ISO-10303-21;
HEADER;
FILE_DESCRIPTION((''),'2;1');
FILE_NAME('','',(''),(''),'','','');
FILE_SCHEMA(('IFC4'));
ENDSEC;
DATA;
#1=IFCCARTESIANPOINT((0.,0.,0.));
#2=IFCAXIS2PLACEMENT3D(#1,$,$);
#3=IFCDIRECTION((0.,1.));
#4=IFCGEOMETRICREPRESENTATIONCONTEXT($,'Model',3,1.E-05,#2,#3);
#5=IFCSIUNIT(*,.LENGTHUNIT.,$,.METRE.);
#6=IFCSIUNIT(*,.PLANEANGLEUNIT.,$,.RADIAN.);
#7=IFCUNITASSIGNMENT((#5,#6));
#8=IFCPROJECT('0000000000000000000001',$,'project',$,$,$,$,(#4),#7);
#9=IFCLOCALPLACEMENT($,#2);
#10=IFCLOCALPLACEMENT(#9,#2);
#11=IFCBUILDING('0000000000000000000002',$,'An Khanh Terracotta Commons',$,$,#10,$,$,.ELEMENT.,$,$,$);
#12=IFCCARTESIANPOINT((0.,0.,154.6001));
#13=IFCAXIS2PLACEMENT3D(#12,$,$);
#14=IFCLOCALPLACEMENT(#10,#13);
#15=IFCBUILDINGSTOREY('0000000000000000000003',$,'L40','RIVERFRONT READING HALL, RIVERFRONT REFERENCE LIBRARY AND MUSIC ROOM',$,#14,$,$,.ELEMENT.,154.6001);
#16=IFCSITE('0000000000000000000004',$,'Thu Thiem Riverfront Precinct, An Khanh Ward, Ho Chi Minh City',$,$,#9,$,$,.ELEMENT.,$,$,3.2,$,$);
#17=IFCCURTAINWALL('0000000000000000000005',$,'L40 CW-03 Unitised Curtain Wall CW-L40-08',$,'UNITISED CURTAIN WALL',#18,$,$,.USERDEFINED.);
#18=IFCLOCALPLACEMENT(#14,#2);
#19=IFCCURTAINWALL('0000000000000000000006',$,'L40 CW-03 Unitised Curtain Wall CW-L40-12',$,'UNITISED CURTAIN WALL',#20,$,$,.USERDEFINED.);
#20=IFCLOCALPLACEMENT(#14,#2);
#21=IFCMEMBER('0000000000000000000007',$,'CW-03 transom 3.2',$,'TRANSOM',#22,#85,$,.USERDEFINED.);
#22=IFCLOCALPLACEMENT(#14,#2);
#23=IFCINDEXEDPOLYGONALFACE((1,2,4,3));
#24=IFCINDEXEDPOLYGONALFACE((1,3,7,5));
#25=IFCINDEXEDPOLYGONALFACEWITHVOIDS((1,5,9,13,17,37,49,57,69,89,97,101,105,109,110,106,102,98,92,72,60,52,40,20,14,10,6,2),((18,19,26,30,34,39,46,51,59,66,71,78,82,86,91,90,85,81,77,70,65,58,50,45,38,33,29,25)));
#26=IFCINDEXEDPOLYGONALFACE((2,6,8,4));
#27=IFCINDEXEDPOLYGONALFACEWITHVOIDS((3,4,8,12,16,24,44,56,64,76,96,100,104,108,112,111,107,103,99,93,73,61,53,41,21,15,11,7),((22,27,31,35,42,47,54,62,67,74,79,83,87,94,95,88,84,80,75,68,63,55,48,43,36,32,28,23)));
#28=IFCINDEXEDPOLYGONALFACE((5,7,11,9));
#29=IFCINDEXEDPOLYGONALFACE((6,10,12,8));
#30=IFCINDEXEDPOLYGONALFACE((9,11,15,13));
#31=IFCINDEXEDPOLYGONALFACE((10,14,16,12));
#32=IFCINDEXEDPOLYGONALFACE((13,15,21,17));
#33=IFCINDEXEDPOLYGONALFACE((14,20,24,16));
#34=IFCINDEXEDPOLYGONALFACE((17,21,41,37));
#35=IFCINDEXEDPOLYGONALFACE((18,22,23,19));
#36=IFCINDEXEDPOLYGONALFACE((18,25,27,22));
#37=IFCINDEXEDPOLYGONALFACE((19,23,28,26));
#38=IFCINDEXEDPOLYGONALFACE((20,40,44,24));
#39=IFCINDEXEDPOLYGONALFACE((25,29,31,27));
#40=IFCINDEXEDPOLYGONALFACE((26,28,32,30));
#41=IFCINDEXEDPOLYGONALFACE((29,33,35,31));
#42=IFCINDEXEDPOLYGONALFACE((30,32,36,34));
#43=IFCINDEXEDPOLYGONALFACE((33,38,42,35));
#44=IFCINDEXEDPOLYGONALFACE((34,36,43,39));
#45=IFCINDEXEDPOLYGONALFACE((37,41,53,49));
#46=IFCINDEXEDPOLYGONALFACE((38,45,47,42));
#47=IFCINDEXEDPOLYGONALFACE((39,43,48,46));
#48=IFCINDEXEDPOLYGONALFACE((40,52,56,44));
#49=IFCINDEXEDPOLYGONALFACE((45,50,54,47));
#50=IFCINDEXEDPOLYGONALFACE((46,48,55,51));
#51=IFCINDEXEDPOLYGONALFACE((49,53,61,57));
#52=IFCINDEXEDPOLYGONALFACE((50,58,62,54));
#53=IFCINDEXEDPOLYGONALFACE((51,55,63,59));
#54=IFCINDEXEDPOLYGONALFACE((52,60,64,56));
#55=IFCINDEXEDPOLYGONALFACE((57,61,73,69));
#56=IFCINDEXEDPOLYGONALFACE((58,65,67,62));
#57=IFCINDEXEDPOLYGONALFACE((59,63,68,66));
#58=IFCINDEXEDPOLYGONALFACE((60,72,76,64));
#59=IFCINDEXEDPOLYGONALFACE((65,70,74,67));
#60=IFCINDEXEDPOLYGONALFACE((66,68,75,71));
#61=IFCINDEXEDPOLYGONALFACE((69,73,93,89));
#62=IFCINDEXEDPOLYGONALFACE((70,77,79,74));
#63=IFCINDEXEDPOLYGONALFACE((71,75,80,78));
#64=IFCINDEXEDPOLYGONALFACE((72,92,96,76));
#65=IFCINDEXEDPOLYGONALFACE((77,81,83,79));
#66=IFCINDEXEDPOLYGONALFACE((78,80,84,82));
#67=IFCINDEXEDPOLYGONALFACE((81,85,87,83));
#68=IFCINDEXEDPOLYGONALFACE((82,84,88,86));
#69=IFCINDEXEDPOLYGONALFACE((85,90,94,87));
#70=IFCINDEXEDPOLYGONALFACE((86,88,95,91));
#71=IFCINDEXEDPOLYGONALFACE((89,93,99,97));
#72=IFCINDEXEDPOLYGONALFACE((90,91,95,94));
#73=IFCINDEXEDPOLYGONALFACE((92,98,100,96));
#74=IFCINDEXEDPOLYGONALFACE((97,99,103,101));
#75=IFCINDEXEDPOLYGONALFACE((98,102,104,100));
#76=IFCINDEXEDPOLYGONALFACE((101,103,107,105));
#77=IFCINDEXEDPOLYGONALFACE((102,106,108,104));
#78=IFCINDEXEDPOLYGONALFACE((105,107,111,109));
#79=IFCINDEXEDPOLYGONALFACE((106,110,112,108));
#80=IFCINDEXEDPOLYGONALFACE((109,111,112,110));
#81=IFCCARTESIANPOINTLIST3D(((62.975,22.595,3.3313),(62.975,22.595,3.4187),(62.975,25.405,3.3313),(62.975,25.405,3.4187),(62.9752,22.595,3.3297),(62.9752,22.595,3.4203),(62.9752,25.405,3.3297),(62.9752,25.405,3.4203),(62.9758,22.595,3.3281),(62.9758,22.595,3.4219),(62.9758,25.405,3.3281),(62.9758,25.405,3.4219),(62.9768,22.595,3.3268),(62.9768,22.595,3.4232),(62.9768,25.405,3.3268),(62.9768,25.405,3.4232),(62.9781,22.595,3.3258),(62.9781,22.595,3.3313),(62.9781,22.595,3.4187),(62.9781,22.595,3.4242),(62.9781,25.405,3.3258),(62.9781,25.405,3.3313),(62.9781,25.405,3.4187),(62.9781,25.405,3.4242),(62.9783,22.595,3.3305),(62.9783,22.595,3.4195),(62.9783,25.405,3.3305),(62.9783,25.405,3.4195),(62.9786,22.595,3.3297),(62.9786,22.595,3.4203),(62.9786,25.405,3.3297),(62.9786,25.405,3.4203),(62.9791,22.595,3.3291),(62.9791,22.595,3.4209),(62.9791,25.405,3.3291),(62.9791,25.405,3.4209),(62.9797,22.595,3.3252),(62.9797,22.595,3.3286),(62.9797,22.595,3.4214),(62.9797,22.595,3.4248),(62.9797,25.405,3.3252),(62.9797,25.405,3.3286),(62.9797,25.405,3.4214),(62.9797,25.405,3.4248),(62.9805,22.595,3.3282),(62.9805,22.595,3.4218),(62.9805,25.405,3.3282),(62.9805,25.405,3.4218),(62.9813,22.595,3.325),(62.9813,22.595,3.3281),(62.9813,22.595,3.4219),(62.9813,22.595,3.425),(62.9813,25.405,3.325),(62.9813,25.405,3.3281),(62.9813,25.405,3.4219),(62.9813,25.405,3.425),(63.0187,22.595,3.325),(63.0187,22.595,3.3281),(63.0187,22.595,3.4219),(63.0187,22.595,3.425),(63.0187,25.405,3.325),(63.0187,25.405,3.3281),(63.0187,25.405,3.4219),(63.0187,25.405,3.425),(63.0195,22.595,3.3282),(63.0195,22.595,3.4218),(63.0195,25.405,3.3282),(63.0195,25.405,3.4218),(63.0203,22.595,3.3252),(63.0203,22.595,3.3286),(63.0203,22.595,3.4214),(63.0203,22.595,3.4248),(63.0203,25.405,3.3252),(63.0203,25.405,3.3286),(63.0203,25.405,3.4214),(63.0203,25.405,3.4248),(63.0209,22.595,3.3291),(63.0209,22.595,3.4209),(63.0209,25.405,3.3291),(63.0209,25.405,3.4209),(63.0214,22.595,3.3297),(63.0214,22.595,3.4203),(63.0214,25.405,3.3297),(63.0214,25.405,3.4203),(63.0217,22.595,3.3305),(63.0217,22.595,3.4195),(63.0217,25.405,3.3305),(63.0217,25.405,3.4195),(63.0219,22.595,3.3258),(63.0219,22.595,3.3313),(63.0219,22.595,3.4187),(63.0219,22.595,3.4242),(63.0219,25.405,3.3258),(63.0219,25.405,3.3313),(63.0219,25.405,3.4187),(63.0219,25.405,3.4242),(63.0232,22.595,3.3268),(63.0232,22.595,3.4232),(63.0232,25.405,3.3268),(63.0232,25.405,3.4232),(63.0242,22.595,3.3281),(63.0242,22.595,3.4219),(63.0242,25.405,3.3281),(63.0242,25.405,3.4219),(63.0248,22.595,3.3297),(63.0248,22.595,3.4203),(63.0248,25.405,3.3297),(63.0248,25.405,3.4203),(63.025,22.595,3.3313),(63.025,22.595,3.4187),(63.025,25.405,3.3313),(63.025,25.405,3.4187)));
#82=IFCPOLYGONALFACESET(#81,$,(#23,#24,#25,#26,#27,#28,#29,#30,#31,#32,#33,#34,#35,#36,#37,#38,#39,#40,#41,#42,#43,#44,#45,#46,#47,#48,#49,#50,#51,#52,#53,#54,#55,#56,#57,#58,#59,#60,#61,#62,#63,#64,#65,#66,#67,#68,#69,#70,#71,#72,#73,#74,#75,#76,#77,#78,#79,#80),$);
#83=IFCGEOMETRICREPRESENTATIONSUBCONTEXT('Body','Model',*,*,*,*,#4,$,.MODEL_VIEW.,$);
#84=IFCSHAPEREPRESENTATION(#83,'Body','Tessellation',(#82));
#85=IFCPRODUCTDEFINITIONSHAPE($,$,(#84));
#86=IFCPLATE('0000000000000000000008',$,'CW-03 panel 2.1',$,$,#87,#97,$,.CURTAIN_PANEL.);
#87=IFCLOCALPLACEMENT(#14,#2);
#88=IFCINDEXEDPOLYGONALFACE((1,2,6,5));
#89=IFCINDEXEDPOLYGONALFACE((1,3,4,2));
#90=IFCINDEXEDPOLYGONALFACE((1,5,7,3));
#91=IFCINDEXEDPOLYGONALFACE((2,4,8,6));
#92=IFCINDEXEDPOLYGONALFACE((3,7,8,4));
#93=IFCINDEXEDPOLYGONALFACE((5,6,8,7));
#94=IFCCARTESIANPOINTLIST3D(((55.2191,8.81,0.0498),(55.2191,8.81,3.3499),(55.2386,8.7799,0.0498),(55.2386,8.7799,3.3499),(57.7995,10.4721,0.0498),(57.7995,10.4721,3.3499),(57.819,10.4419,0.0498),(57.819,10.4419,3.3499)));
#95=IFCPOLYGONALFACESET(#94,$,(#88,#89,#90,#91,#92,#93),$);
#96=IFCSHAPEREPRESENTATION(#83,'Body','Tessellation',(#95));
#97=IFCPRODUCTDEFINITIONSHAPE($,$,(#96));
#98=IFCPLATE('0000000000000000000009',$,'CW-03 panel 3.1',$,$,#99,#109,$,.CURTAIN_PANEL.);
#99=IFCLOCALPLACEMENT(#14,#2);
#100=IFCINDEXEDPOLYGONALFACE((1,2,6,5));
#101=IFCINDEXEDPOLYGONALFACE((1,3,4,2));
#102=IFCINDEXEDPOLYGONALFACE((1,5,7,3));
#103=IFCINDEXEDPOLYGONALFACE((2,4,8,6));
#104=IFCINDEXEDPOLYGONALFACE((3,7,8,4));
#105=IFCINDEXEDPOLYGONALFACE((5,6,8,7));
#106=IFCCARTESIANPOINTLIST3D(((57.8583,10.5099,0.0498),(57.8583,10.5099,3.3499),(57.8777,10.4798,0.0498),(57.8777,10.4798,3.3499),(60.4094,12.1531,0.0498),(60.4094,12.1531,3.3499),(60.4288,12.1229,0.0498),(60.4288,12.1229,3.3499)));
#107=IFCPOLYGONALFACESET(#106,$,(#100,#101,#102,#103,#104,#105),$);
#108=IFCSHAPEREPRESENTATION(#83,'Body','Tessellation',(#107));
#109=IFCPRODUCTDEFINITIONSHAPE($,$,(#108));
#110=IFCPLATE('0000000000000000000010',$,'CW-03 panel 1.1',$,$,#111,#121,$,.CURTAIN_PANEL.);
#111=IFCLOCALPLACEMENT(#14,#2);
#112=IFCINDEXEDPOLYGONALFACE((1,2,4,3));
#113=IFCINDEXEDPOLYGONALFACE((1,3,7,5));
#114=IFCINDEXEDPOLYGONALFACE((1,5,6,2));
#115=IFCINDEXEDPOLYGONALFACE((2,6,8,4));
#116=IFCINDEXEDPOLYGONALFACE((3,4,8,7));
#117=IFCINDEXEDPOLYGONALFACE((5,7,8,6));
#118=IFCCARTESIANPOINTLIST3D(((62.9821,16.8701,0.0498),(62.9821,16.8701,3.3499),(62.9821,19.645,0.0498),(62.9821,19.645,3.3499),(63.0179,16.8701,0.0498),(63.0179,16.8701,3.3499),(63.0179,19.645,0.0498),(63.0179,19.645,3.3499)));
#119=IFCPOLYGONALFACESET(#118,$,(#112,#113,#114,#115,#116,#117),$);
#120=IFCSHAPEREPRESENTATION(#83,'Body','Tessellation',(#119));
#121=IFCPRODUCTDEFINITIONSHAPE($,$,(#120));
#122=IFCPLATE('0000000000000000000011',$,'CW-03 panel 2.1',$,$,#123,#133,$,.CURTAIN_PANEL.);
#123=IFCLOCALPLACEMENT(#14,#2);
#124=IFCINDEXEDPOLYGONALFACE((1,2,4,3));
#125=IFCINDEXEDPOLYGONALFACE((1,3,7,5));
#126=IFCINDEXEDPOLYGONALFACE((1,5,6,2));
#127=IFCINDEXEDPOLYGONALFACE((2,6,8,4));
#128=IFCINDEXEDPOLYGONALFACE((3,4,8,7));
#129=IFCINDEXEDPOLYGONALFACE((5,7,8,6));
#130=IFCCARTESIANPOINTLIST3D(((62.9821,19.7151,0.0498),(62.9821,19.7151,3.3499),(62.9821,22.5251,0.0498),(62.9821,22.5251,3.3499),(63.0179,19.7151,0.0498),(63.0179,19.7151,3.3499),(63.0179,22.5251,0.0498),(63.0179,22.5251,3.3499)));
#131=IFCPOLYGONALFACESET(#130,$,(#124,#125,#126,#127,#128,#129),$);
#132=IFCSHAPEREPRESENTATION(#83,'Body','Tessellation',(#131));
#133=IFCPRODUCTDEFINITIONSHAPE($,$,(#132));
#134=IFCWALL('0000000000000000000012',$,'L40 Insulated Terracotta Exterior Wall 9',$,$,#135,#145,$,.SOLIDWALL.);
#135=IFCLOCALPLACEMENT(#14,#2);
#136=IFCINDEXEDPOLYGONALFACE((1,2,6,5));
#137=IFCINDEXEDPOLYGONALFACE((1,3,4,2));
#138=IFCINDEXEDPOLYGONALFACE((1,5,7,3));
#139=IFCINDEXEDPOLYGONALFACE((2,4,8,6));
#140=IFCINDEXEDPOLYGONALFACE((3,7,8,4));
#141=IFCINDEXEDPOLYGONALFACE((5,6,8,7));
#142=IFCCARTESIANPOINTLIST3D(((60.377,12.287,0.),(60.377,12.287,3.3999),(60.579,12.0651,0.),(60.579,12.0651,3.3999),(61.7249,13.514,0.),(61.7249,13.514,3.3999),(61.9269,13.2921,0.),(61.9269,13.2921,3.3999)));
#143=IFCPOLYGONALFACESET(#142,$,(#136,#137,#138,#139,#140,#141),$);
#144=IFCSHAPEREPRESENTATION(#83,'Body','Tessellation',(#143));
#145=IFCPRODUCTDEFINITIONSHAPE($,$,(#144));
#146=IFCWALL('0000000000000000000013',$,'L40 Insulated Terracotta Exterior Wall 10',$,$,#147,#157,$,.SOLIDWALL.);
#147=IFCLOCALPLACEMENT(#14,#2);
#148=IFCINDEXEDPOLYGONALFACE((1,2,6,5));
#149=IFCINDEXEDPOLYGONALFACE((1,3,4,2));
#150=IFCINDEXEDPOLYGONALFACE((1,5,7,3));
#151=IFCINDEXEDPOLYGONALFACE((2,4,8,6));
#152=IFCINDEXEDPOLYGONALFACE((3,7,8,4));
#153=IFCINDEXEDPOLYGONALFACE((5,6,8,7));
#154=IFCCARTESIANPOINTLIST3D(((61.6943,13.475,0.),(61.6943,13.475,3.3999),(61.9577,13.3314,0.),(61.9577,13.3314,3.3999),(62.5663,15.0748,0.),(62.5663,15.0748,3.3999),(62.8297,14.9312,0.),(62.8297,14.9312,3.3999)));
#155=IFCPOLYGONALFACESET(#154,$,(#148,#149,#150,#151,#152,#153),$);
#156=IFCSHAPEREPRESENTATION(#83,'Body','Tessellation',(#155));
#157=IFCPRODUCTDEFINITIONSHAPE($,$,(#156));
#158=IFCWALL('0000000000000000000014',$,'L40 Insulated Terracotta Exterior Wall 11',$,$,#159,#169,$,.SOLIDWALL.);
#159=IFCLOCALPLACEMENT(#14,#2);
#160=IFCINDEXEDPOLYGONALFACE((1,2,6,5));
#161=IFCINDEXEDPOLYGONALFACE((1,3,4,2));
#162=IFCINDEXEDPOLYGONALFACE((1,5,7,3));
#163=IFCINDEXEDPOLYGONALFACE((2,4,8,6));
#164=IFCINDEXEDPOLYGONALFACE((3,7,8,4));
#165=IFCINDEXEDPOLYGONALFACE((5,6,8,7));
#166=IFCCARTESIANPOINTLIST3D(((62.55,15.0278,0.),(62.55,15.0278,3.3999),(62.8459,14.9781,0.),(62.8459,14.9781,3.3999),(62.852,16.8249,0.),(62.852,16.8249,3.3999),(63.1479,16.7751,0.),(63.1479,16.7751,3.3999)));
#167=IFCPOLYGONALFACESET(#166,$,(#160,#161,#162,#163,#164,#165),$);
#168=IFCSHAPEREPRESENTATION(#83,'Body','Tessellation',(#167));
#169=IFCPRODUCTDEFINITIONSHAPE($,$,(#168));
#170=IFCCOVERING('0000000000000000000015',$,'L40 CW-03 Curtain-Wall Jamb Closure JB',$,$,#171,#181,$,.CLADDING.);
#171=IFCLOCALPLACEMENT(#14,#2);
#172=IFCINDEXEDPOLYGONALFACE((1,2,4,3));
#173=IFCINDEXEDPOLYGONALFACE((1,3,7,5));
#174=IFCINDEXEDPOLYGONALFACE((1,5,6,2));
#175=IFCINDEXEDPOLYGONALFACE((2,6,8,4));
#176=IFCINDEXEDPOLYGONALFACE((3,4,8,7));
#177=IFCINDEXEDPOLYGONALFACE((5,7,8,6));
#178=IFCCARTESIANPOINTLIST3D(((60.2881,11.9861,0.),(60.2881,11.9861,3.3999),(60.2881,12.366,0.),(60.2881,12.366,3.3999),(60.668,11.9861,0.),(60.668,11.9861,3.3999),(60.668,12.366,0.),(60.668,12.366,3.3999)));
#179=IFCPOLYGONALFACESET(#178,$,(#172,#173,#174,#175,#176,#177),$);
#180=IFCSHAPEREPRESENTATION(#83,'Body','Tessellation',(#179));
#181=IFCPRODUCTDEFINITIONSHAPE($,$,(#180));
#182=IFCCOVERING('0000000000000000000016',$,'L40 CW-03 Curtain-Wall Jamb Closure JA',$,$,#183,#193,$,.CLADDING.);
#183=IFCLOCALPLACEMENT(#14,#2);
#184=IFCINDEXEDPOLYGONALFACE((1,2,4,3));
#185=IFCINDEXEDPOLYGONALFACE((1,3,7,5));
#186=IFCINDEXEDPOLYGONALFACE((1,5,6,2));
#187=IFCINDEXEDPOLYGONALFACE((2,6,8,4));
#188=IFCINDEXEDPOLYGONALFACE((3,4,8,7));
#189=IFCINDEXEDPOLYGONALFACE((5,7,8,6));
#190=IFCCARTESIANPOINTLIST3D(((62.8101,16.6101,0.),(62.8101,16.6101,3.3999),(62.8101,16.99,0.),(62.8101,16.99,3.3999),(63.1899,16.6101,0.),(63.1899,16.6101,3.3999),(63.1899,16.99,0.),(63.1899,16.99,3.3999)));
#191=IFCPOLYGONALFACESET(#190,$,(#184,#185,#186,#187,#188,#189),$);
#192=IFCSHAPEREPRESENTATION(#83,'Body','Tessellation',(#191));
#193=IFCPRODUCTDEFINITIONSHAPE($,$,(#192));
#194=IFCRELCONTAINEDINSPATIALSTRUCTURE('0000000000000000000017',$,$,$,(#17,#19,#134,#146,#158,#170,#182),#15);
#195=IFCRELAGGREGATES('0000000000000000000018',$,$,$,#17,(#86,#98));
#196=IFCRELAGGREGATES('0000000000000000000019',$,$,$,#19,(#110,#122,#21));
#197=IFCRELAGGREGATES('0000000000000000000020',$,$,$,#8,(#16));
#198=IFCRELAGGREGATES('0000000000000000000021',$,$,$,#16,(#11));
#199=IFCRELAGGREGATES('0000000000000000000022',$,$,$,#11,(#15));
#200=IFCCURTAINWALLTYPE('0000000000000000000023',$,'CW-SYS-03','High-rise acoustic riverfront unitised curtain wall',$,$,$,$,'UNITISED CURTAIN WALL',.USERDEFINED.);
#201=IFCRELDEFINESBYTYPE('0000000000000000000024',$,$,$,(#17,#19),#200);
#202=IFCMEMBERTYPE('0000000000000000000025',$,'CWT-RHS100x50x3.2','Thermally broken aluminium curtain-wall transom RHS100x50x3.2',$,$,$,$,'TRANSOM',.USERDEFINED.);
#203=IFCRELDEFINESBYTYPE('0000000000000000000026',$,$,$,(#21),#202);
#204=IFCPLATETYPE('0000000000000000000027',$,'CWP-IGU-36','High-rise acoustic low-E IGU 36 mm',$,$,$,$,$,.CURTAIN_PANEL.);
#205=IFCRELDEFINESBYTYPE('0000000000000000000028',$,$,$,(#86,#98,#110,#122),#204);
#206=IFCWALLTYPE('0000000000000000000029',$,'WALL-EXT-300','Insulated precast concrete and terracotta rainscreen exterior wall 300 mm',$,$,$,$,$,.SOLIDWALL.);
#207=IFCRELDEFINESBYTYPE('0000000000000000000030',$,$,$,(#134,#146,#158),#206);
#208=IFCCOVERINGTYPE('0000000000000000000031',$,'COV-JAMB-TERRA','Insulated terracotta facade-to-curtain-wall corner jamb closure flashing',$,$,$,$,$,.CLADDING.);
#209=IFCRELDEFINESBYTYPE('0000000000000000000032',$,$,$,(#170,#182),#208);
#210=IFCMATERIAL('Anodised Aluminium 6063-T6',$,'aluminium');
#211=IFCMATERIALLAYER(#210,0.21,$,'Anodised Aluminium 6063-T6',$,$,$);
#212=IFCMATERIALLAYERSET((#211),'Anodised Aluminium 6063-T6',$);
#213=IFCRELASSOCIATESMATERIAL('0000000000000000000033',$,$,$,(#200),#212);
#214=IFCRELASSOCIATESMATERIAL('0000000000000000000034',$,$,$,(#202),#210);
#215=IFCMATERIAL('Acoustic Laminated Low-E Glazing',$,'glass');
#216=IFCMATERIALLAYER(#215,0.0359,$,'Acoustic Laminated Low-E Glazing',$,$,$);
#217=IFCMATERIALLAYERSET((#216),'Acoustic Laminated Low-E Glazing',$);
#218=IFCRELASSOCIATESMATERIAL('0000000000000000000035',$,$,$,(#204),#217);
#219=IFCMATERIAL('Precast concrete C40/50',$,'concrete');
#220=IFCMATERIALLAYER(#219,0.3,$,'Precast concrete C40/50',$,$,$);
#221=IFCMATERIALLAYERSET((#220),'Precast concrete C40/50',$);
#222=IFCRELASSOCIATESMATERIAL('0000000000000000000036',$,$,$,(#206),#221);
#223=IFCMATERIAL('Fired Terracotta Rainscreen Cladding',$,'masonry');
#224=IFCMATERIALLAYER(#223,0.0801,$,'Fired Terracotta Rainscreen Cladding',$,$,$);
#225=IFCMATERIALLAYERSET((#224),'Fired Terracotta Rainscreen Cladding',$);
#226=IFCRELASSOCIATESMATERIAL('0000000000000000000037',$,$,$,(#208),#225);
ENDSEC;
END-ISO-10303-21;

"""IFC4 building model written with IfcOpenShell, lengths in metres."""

from ifc_helpers import new_model, si_unit, direction, frame, frame_2d, origin, origin_2d, place, context, subcontext, project, spatial, rectangle, hollow_rectangle, extrude, material, layer, layer_set, material_profile, profile_set, type_object, element, aggregate, save


model = new_model("IFC4")

# Units and contexts
model_context = context("Model", 3, precision=1e-05, world=origin(), true_north=direction((0.0, 1.0)))
body_context = subcontext(model_context, "Body", "Model", "MODEL_VIEW")
ifc_project = project(units=[si_unit("LENGTHUNIT", "METRE"), si_unit("PLANEANGLEUNIT", "RADIAN")], contexts=[model_context])

# Site, building, storey
site_placement = place(None, origin())
site = spatial("IfcSite", under=ifc_project, at=site_placement, Name="Thu Thiem Riverfront Precinct, An Khanh Ward, Ho Chi Minh City", CompositionType="ELEMENT", RefElevation=3.2)
building_placement = place(site_placement, origin())
building = spatial("IfcBuilding", under=site, at=building_placement, Name="An Khanh Terracotta Commons", CompositionType="ELEMENT")
storey_placement = place(building_placement, frame((0.0, 0.0, 154.6001)))
storey = spatial("IfcBuildingStorey", under=building, at=storey_placement, Name="L40", Description="RIVERFRONT READING HALL, RIVERFRONT REFERENCE LIBRARY AND MUSIC ROOM", CompositionType="ELEMENT", Elevation=154.6001)

# Curtain walls
ifc_material_1 = material(Name="Anodised Aluminium 6063-T6", Category="aluminium")
ifc_layer_1 = layer(ifc_material_1, 0.21, Name="Anodised Aluminium 6063-T6")
ifc_layer_set_1 = layer_set([ifc_layer_1], Name="Anodised Aluminium 6063-T6")
curtain_wall_type = type_object("IfcCurtainWallType", Name="CW-SYS-03", Description="High-rise acoustic riverfront unitised curtain wall", ElementType="UNITISED CURTAIN WALL", PredefinedType="USERDEFINED", material=ifc_layer_set_1)
curtain_wall_1_placement = place(storey_placement, origin())
curtain_wall_1 = element("IfcCurtainWall", 1, at=curtain_wall_1_placement, inside=storey, type_object=curtain_wall_type, Name="L40 CW-03 Unitised Curtain Wall CW-L40-08", ObjectType="UNITISED CURTAIN WALL", PredefinedType="USERDEFINED")
curtain_wall_2_placement = place(storey_placement, origin())
curtain_wall_2 = element("IfcCurtainWall", 2, at=curtain_wall_2_placement, inside=storey, type_object=curtain_wall_type, Name="L40 CW-03 Unitised Curtain Wall CW-L40-12", ObjectType="UNITISED CURTAIN WALL", PredefinedType="USERDEFINED")

# Member
ifc_material_profile_1 = material_profile(ifc_material_1, hollow_rectangle(XDim=0.05, YDim=0.1001, WallThickness=0.0032, InnerFilletRadius=0.0032, OuterFilletRadius=0.0063, at=origin_2d()), Name="RHS100x50x3.2")
ifc_profile_set_1 = profile_set([ifc_material_profile_1], Name="Anodised Aluminium 6063-T6")
member_type_1 = type_object("IfcMemberType", Name="CWT-RHS100x50x3.2", Description="Thermally broken aluminium curtain-wall transom RHS100x50x3.2", ElementType="TRANSOM", PredefinedType="USERDEFINED", material=ifc_profile_set_1)
member_1_placement = place(storey_placement, frame((63.0, 22.595, 3.375), z_axis=(0.0, 1.0, 0.0), x_axis=(-1.0, 0.0, 0.0)))
member_1 = element("IfcMember", 3, at=member_1_placement, type_object=member_type_1, Name="CW-03 transom 3.2", ObjectType="TRANSOM", PredefinedType="USERDEFINED", context=body_context, shape_type="SweptSolid", body=[
    extrude(hollow_rectangle(XDim=0.05, YDim=0.1001, WallThickness=0.0032, InnerFilletRadius=0.0032, OuterFilletRadius=0.0063, at=origin_2d()), origin(), (0.0, 0.0, 1.0), 2.8101),
])

# Plates
ifc_material_2 = material(Name="Acoustic Laminated Low-E Glazing", Category="glass")
ifc_layer_2 = layer(ifc_material_2, 0.0359, Name="Acoustic Laminated Low-E Glazing")
ifc_layer_set_2 = layer_set([ifc_layer_2], Name="Acoustic Laminated Low-E Glazing")
plate_type = type_object("IfcPlateType", Name="CWP-IGU-36", Description="High-rise acoustic low-E IGU 36 mm", PredefinedType="CURTAIN_PANEL", material=ifc_layer_set_2)
plate_1_placement = place(storey_placement, frame((56.519, 9.626, 0.0498), z_axis=(0.0, 0.0, 1.0), x_axis=(0.840702, 0.541498, 0.0)))
plate_1 = element("IfcPlate", 4, at=plate_1_placement, type_object=plate_type, Name="CW-03 panel 2.1", PredefinedType="CURTAIN_PANEL", context=body_context, shape_type="SweptSolid", body=[
    extrude(rectangle(XDim=3.0693, YDim=0.0359, at=origin_2d()), origin(), (0.0, 0.0, 1.0), 3.3),
])
plate_2_placement = place(storey_placement, frame((59.1436, 11.3164, 0.0498), z_axis=(0.0, 0.0, 1.0), x_axis=(0.840702, 0.541498, 0.0)))
plate_2 = element("IfcPlate", 5, at=plate_2_placement, type_object=plate_type, Name="CW-03 panel 3.1", PredefinedType="CURTAIN_PANEL", context=body_context, shape_type="SweptSolid", body=[
    extrude(rectangle(XDim=3.0344, YDim=0.0359, at=origin_2d()), origin(), (0.0, 0.0, 1.0), 3.3),
])
aggregate(curtain_wall_1, [plate_1, plate_2])
plate_3_placement = place(storey_placement, frame((63.0, 18.2576, 0.0498), z_axis=(0.0, 0.0, 1.0), x_axis=(0.0, 1.0, 0.0)))
plate_3 = element("IfcPlate", 6, at=plate_3_placement, type_object=plate_type, Name="CW-03 panel 1.1", PredefinedType="CURTAIN_PANEL", context=body_context, shape_type="SweptSolid", body=[
    extrude(rectangle(XDim=2.7749, YDim=0.0359, at=origin_2d()), origin(), (0.0, 0.0, 1.0), 3.3),
])
plate_4_placement = place(storey_placement, frame((63.0, 21.1201, 0.0498), z_axis=(0.0, 0.0, 1.0), x_axis=(0.0, 1.0, 0.0)))
plate_4 = element("IfcPlate", 7, at=plate_4_placement, type_object=plate_type, Name="CW-03 panel 2.1", PredefinedType="CURTAIN_PANEL", context=body_context, shape_type="SweptSolid", body=[
    extrude(rectangle(XDim=2.8101, YDim=0.0359, at=origin_2d()), origin(), (0.0, 0.0, 1.0), 3.3),
])
aggregate(curtain_wall_2, [plate_3, plate_4, member_1])

# Walls
ifc_material_3 = material(Name="Precast concrete C40/50", Category="concrete")
ifc_layer_3 = layer(ifc_material_3, 0.3, Name="Precast concrete C40/50")
ifc_layer_set_3 = layer_set([ifc_layer_3], Name="Precast concrete C40/50")
wall_type = type_object("IfcWallType", Name="WALL-EXT-300", Description="Insulated precast concrete and terracotta rainscreen exterior wall 300 mm", PredefinedType="SOLIDWALL", material=ifc_layer_set_3)
wall_1_placement = place(storey_placement, frame((60.478, 12.176, 0.0), z_axis=(0.0, 0.0, 1.0), x_axis=(0.739479, 0.673179, 0.0)))
element("IfcWall", 8, at=wall_1_placement, inside=storey, type_object=wall_type, Name="L40 Insulated Terracotta Exterior Wall 9", PredefinedType="SOLIDWALL", context=body_context, shape_type="SweptSolid", body=[
    extrude(rectangle(XDim=1.8228, YDim=0.3, at=frame_2d((0.9114, 0.0))), origin(), (0.0, 0.0, 1.0), 3.3999),
])
wall_2_placement = place(storey_placement, frame((61.8259, 13.4031, 0.0), z_axis=(0.0, 0.0, 1.0), x_axis=(0.478608, 0.878029, 0.0)))
element("IfcWall", 9, at=wall_2_placement, inside=storey, type_object=wall_type, Name="L40 Insulated Terracotta Exterior Wall 10", PredefinedType="SOLIDWALL", context=body_context, shape_type="SweptSolid", body=[
    extrude(rectangle(XDim=1.822, YDim=0.3, at=frame_2d((0.9111, 0.0))), origin(), (0.0, 0.0, 1.0), 3.3999),
])
wall_3_placement = place(storey_placement, frame((62.698, 15.0029, 0.0), z_axis=(0.0, 0.0, 1.0), x_axis=(0.165724, 0.986172, 0.0)))
element("IfcWall", 10, at=wall_3_placement, inside=storey, type_object=wall_type, Name="L40 Insulated Terracotta Exterior Wall 11", PredefinedType="SOLIDWALL", context=body_context, shape_type="SweptSolid", body=[
    extrude(rectangle(XDim=1.8223, YDim=0.3, at=frame_2d((0.9111, 0.0))), origin(), (0.0, 0.0, 1.0), 3.3999),
])

# Coverings
ifc_material_4 = material(Name="Fired Terracotta Rainscreen Cladding", Category="masonry")
ifc_layer_4 = layer(ifc_material_4, 0.0801, Name="Fired Terracotta Rainscreen Cladding")
ifc_layer_set_4 = layer_set([ifc_layer_4], Name="Fired Terracotta Rainscreen Cladding")
covering_type = type_object("IfcCoveringType", Name="COV-JAMB-TERRA", Description="Insulated terracotta facade-to-curtain-wall corner jamb closure flashing", PredefinedType="CLADDING", material=ifc_layer_set_4)
for number, where, z_axis, x_axis, name in (
    (11, (60.478, 12.176, 0.0), (0.0, 0.0, 1.0), (1.0, 0.0, 0.0), "L40 CW-03 Curtain-Wall Jamb Closure JB"),
    (12, (63.0, 16.8, 0.0), (0.0, 0.0, 1.0), (1.0, 0.0, 0.0), "L40 CW-03 Curtain-Wall Jamb Closure JA"),
):
    element("IfcCovering", number, at=place(storey_placement, frame(where, z_axis=z_axis, x_axis=x_axis)), inside=storey, type_object=covering_type, Name=name, PredefinedType="CLADDING", context=body_context, shape_type="SweptSolid", body=[
        extrude(rectangle(XDim=0.3799, YDim=0.3799, at=origin_2d()), origin(), (0.0, 0.0, 1.0), 3.3999),
    ])

save(model, "model.ifc")
